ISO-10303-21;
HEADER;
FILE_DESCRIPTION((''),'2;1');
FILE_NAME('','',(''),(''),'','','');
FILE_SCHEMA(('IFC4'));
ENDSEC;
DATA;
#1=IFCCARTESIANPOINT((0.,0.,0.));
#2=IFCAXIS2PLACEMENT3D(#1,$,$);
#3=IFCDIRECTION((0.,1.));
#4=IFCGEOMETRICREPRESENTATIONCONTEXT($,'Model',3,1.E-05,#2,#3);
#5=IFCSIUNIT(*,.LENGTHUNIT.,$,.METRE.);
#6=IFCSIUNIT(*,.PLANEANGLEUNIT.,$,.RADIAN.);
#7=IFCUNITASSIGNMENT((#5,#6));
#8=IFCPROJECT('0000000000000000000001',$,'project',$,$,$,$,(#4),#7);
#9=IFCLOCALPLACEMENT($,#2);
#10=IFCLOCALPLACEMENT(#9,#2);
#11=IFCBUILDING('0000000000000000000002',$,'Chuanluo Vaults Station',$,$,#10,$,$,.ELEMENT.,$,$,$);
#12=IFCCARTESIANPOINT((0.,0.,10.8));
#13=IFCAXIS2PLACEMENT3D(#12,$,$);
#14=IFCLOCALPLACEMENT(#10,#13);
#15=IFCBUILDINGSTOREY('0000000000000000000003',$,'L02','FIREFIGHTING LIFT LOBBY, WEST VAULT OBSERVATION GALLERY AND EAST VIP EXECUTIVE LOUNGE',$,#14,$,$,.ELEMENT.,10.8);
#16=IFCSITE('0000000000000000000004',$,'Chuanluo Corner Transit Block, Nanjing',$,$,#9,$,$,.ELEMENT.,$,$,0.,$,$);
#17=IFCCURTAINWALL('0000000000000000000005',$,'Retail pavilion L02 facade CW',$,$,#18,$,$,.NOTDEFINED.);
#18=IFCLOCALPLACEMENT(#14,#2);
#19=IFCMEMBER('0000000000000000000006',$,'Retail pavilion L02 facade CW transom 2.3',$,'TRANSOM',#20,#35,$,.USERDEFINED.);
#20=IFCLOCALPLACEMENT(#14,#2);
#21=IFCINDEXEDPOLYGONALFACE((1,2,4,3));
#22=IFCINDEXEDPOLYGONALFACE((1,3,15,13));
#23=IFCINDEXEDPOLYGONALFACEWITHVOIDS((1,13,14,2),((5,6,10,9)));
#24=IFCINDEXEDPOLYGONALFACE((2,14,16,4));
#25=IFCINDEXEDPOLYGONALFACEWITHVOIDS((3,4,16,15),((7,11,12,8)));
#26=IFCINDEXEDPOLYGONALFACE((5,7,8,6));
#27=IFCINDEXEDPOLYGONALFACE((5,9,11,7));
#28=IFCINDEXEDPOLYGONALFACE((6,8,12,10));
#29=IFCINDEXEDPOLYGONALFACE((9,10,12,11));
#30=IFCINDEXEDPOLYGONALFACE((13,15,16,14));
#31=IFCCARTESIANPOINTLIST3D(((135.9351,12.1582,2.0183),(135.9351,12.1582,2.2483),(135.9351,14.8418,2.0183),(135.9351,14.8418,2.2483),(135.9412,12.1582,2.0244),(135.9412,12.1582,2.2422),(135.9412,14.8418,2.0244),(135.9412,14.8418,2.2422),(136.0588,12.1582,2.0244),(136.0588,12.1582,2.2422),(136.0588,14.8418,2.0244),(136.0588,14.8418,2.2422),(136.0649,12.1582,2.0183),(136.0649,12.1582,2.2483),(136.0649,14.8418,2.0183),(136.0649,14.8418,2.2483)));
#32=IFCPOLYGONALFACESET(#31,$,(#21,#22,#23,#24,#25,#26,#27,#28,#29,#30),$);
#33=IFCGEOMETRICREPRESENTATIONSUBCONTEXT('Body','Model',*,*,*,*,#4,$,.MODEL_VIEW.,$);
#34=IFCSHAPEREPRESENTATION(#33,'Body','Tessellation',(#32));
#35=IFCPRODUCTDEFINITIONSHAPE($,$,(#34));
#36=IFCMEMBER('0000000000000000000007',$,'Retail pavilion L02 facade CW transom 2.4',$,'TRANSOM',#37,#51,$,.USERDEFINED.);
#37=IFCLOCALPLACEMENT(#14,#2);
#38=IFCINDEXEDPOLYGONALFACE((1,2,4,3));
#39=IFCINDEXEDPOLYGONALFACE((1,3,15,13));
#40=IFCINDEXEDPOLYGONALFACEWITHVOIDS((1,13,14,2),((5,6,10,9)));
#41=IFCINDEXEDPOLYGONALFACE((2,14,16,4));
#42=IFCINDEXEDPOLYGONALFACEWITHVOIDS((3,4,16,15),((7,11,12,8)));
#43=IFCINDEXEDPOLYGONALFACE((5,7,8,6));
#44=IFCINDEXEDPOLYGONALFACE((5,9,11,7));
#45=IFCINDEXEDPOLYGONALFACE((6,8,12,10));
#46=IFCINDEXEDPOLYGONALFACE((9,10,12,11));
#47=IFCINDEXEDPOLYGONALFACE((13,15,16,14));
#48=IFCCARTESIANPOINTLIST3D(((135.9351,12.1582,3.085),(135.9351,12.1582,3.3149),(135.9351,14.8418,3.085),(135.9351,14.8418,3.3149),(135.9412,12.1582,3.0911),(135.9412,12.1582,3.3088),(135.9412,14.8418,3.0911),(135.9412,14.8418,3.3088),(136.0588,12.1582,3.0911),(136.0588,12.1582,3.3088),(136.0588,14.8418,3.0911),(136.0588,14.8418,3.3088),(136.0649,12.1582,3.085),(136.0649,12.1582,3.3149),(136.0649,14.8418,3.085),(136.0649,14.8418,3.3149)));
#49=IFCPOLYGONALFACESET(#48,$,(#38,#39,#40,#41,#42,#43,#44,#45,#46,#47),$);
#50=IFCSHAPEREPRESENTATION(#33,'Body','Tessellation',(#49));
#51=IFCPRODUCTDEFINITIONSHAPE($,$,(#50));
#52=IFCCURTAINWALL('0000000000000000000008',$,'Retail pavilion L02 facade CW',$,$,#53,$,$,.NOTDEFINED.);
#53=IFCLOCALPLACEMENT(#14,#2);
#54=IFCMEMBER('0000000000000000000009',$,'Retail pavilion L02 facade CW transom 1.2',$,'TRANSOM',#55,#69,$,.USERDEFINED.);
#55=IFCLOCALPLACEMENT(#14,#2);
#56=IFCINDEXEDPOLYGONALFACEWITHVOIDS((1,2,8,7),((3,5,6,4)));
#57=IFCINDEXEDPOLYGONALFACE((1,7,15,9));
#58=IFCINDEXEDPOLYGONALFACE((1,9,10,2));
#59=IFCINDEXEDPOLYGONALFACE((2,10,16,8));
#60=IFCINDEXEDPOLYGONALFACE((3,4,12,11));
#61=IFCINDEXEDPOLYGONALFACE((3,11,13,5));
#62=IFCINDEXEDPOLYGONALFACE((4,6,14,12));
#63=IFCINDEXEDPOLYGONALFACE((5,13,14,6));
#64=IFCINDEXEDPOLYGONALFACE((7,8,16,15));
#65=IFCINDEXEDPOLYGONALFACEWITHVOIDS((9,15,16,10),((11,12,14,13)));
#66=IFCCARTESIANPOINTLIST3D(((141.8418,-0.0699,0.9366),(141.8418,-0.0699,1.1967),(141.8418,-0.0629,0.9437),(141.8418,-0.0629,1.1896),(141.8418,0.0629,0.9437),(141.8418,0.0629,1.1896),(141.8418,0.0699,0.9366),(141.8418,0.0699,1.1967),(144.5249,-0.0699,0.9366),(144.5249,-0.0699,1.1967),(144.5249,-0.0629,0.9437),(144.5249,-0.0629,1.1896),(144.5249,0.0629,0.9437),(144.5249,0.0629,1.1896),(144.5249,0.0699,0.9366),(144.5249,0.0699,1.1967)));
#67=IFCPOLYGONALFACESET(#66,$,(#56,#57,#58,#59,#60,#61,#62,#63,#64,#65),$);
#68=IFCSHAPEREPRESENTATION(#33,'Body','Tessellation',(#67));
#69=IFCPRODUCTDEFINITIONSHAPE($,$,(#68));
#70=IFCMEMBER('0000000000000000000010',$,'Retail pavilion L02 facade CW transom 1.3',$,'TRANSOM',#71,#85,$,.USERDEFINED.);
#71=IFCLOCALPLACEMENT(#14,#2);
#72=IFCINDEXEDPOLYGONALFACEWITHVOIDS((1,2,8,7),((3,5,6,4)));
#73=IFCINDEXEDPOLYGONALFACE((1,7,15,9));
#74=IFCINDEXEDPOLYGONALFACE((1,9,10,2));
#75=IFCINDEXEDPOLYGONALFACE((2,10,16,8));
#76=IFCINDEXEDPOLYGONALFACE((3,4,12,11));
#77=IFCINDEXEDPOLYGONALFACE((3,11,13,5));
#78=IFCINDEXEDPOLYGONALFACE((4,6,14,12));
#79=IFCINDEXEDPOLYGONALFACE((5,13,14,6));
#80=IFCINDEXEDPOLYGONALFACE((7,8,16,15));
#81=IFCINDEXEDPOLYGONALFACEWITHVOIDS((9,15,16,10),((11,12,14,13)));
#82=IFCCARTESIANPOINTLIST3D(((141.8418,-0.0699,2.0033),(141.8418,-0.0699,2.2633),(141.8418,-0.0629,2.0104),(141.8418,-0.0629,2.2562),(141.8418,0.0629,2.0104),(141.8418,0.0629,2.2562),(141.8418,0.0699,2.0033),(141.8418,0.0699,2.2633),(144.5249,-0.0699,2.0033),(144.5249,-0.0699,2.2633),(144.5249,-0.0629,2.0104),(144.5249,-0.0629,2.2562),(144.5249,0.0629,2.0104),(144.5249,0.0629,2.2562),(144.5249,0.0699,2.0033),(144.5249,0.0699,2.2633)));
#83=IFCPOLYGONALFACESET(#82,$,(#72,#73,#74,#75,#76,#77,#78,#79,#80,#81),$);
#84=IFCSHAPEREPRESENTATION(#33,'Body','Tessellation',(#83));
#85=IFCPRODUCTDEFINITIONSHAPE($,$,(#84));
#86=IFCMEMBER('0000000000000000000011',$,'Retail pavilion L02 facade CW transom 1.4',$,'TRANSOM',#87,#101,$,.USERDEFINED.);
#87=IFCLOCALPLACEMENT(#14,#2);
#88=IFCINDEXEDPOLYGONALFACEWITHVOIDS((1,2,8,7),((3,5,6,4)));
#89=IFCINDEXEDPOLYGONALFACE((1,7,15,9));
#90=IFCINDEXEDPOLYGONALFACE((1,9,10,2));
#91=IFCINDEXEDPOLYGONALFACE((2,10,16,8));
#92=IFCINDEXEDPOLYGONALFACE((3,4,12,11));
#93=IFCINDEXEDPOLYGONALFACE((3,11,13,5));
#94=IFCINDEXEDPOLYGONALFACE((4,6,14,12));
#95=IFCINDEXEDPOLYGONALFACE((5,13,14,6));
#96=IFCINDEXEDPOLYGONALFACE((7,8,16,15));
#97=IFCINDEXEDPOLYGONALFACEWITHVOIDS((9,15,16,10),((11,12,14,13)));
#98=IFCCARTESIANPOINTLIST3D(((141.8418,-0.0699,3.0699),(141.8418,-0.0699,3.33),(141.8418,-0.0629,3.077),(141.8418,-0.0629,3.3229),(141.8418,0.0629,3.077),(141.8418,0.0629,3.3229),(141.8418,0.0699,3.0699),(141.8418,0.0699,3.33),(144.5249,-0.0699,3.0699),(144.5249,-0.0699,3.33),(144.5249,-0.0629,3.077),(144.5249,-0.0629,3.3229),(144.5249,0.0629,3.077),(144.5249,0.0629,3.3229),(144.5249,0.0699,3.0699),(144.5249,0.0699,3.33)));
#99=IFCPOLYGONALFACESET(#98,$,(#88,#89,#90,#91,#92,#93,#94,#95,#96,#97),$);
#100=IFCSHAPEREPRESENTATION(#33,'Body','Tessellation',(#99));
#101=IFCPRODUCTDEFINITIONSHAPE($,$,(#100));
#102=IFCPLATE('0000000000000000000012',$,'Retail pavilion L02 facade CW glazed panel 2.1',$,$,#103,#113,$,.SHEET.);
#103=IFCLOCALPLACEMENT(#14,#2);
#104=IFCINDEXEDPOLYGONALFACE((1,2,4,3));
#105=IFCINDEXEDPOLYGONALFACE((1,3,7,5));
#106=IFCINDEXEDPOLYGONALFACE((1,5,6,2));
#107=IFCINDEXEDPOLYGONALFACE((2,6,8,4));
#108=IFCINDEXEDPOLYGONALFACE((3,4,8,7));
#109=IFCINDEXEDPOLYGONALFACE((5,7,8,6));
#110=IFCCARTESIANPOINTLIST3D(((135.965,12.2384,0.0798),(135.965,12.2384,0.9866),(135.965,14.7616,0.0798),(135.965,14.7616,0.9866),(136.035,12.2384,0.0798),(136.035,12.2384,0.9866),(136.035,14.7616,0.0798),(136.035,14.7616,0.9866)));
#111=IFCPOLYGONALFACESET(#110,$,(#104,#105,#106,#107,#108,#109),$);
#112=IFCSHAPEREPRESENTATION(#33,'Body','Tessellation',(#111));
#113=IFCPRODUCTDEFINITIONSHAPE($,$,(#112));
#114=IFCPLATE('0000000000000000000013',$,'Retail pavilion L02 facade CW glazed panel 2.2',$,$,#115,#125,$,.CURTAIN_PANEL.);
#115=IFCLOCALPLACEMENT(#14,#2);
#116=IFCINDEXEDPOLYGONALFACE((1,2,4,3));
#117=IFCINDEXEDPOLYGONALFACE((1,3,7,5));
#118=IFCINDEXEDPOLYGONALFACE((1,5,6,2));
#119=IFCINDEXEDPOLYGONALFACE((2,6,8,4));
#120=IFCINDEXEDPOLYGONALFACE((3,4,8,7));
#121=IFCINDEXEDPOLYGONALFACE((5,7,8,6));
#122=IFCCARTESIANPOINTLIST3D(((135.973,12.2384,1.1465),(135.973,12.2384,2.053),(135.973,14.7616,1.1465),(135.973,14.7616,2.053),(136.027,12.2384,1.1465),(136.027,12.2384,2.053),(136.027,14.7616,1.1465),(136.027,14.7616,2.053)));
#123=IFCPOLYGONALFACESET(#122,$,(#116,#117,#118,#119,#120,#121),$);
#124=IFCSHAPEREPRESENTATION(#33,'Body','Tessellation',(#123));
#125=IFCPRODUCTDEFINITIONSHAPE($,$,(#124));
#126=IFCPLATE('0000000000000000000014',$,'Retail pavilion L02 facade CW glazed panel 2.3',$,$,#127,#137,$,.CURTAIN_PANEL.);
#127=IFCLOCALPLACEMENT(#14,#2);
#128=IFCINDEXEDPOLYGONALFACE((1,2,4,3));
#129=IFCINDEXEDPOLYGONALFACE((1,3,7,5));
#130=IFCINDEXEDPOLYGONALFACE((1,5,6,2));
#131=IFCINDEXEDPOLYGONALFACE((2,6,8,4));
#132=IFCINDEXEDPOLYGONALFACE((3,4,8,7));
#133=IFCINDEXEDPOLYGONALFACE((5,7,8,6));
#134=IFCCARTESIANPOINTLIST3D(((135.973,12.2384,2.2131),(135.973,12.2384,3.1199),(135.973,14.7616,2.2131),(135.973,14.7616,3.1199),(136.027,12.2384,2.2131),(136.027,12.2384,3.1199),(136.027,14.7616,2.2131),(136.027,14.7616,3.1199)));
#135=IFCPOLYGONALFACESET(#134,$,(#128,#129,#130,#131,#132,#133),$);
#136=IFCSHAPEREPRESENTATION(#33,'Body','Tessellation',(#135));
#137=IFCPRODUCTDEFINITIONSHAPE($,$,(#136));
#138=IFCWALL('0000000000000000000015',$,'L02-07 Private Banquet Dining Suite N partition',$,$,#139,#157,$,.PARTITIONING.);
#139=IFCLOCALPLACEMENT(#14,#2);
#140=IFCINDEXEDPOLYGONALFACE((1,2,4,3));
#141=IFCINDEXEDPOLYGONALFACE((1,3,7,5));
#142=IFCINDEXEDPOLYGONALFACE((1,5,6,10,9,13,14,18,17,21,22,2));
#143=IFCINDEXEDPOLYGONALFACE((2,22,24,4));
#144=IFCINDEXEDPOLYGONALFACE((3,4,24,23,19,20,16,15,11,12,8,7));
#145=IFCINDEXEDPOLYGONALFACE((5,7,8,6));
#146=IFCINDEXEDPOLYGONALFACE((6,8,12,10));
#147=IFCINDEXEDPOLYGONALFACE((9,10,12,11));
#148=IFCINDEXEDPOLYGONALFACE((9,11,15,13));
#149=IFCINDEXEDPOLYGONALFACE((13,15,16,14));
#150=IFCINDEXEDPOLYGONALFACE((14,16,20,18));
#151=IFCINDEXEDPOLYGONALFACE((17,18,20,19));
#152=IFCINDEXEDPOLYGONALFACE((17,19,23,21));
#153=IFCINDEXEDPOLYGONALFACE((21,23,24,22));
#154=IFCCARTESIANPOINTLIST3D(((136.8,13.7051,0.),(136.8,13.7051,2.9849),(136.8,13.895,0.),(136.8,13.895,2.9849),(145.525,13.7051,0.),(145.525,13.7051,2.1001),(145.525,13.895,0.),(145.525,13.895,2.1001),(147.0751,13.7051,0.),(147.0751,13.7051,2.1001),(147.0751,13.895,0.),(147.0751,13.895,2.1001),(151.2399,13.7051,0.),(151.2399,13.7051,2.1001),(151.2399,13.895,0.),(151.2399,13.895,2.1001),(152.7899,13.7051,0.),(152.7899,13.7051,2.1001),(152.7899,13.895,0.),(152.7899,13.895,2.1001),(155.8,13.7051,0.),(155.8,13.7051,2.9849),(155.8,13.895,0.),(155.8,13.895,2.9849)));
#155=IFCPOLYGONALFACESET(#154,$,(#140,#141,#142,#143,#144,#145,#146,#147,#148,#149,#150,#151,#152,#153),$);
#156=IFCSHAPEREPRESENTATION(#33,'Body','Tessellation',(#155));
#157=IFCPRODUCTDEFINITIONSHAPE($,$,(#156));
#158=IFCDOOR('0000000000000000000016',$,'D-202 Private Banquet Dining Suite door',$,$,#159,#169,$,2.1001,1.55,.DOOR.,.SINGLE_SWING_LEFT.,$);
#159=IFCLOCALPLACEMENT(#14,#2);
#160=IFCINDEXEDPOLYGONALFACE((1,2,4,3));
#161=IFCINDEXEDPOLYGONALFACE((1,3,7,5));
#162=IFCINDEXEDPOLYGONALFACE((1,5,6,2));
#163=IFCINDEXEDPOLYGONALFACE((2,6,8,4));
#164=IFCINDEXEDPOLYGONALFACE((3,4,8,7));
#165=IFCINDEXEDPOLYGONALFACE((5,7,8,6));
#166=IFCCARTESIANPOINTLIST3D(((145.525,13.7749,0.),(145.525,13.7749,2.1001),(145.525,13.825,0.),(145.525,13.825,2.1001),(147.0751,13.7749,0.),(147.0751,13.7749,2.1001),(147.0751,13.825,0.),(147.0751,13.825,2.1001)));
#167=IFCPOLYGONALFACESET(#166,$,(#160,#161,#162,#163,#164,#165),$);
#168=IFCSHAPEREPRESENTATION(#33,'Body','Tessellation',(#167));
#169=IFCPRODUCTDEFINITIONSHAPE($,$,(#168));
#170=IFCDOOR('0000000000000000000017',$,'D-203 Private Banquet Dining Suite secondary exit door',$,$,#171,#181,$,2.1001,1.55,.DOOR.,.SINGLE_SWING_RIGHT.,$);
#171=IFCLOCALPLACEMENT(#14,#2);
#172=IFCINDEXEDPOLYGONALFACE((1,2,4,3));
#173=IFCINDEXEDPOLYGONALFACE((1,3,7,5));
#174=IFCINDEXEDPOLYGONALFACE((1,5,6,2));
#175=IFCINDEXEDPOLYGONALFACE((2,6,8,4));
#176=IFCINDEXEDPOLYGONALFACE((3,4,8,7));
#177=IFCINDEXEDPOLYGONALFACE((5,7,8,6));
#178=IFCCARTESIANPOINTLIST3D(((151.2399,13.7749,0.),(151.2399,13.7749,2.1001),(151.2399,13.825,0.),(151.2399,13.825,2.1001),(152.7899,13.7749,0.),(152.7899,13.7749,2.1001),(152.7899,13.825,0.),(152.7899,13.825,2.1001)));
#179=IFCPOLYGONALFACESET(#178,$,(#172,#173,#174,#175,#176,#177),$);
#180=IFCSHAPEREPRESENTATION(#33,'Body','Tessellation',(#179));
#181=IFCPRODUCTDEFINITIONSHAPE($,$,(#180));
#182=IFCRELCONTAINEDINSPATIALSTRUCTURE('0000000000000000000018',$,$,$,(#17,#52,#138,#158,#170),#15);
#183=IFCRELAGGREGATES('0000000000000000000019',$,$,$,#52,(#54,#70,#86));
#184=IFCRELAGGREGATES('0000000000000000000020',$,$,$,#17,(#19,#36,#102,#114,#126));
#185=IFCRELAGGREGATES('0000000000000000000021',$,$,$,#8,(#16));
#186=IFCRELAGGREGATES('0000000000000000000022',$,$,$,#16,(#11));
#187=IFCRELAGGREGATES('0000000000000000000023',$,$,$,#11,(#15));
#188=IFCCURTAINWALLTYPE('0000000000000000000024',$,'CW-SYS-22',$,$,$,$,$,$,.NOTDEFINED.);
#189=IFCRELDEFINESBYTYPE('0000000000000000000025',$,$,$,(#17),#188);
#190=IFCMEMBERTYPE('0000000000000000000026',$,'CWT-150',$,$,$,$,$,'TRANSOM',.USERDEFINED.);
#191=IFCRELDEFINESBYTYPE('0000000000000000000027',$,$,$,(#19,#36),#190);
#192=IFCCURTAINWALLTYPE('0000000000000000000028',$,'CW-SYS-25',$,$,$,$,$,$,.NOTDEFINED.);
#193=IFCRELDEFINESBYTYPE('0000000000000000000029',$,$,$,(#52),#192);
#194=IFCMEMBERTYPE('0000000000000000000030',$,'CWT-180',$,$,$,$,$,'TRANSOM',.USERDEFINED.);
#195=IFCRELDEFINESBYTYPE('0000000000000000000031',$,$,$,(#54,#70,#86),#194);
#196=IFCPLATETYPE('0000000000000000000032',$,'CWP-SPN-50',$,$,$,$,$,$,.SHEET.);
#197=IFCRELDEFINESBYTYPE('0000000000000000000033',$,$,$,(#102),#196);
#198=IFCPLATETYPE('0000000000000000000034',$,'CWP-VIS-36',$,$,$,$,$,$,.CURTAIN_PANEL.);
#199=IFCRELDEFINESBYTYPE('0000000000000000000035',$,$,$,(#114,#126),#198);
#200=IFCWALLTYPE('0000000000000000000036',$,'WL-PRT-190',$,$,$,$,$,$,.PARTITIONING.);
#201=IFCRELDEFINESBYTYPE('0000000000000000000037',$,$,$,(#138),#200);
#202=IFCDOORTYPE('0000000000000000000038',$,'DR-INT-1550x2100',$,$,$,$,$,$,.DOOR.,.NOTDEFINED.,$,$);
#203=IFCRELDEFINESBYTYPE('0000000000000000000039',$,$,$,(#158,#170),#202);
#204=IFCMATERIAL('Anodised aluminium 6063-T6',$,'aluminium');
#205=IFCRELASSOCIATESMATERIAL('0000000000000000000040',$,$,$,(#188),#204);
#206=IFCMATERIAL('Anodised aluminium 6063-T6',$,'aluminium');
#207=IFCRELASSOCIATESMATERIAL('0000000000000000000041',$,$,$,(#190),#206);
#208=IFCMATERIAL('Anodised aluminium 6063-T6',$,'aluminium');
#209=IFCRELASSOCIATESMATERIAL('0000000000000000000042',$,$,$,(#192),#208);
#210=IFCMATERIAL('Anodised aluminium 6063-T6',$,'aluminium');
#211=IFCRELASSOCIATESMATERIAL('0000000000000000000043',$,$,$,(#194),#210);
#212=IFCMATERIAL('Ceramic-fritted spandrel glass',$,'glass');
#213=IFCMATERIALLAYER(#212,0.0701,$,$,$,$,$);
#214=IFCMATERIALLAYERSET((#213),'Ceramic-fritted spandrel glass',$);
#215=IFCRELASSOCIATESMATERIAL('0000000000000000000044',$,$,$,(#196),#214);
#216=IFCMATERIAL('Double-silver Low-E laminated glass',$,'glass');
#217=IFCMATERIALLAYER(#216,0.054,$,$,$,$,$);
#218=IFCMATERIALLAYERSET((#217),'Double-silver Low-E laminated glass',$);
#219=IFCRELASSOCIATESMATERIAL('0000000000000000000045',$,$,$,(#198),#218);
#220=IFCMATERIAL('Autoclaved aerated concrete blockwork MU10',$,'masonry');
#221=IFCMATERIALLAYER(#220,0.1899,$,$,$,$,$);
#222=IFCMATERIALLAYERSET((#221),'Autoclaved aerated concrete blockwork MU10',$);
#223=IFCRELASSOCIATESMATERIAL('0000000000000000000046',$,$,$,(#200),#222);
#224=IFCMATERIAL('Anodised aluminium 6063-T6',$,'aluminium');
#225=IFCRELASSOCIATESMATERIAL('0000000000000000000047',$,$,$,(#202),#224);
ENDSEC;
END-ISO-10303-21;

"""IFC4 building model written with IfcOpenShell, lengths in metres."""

from ifc_helpers import new_model, si_unit, direction, frame, frame_2d, origin, origin_2d, place, context, subcontext, project, spatial, rectangle, hollow_rectangle, extrude, material, layer, layer_set, material_profile, profile_set, type_object, element, fill, aggregate, save


model = new_model("IFC4")

# Units and contexts
model_context = context("Model", 3, precision=1e-05, world=origin(), true_north=direction((0.0, 1.0)))
body_context = subcontext(model_context, "Body", "Model", "MODEL_VIEW")
ifc_project = project(units=[si_unit("LENGTHUNIT", "METRE"), si_unit("PLANEANGLEUNIT", "RADIAN")], contexts=[model_context])

# Site, building, storey
site_placement = place(None, origin())
site = spatial("IfcSite", under=ifc_project, at=site_placement, Name="Chuanluo Corner Transit Block, Nanjing", CompositionType="ELEMENT", RefElevation=0.0)
building_placement = place(site_placement, origin())
building = spatial("IfcBuilding", under=site, at=building_placement, Name="Chuanluo Vaults Station", CompositionType="ELEMENT")
storey_placement = place(building_placement, frame((0.0, 0.0, 10.8)))
storey = spatial("IfcBuildingStorey", under=building, at=storey_placement, Name="L02", Description="FIREFIGHTING LIFT LOBBY, WEST VAULT OBSERVATION GALLERY AND EAST VIP EXECUTIVE LOUNGE", CompositionType="ELEMENT", Elevation=10.8)

# Curtain walls, members
ifc_material_1 = material(Name="Anodised aluminium 6063-T6", Category="aluminium")
curtain_wall_type_1 = type_object("IfcCurtainWallType", Name="CW-SYS-22", PredefinedType="NOTDEFINED", material=ifc_material_1)
curtain_wall_1_placement = place(storey_placement, origin())
curtain_wall_1 = element("IfcCurtainWall", 1, at=curtain_wall_1_placement, inside=storey, type_object=curtain_wall_type_1, Name="Retail pavilion L02 facade CW", PredefinedType="NOTDEFINED")
ifc_material_2 = material(Name="Anodised aluminium 6063-T6", Category="aluminium")
ifc_material_profile_1 = material_profile(ifc_material_2, hollow_rectangle(XDim=0.1299, YDim=0.23, WallThickness=0.0061, at=origin_2d()))
ifc_profile_set_1 = profile_set([ifc_material_profile_1], Name="Anodised aluminium 6063-T6")
member_type_1 = type_object("IfcMemberType", Name="CWT-150", ElementType="TRANSOM", PredefinedType="USERDEFINED", material=ifc_profile_set_1)
member_1_placement = place(storey_placement, frame((136.0, 12.1582, 2.1333), z_axis=(0.0, 1.0, 0.0), x_axis=(-1.0, 0.0, 0.0)))
member_1 = element("IfcMember", 2, at=member_1_placement, type_object=member_type_1, Name="Retail pavilion L02 facade CW transom 2.3", ObjectType="TRANSOM", PredefinedType="USERDEFINED", context=body_context, shape_type="SweptSolid", body=[
    extrude(hollow_rectangle(XDim=0.1299, YDim=0.23, WallThickness=0.0061, at=origin_2d()), origin(), (0.0, 0.0, 1.0), 2.6836),
])
member_2_placement = place(storey_placement, frame((136.0, 12.1582, 3.2), z_axis=(0.0, 1.0, 0.0), x_axis=(-1.0, 0.0, 0.0)))
member_2 = element("IfcMember", 3, at=member_2_placement, type_object=member_type_1, Name="Retail pavilion L02 facade CW transom 2.4", ObjectType="TRANSOM", PredefinedType="USERDEFINED", context=body_context, shape_type="SweptSolid", body=[
    extrude(hollow_rectangle(XDim=0.1299, YDim=0.23, WallThickness=0.0061, at=origin_2d()), origin(), (0.0, 0.0, 1.0), 2.6836),
])
ifc_material_3 = material(Name="Anodised aluminium 6063-T6", Category="aluminium")
curtain_wall_type_2 = type_object("IfcCurtainWallType", Name="CW-SYS-25", PredefinedType="NOTDEFINED", material=ifc_material_3)
curtain_wall_2_placement = place(storey_placement, origin())
curtain_wall_2 = element("IfcCurtainWall", 4, at=curtain_wall_2_placement, inside=storey, type_object=curtain_wall_type_2, Name="Retail pavilion L02 facade CW", PredefinedType="NOTDEFINED")
ifc_material_4 = material(Name="Anodised aluminium 6063-T6", Category="aluminium")
ifc_material_profile_2 = material_profile(ifc_material_4, hollow_rectangle(XDim=0.1399, YDim=0.26, WallThickness=0.0071, at=origin_2d()))
ifc_profile_set_2 = profile_set([ifc_material_profile_2], Name="Anodised aluminium 6063-T6")
member_type_2 = type_object("IfcMemberType", Name="CWT-180", ElementType="TRANSOM", PredefinedType="USERDEFINED", material=ifc_profile_set_2)
member_3_placement = place(storey_placement, frame((144.5249, 0.0, 1.0667), z_axis=(-1.0, 0.0, 0.0), x_axis=(0.0, -1.0, 0.0)))
member_3 = element("IfcMember", 5, at=member_3_placement, type_object=member_type_2, Name="Retail pavilion L02 facade CW transom 1.2", ObjectType="TRANSOM", PredefinedType="USERDEFINED", context=body_context, shape_type="SweptSolid", body=[
    extrude(hollow_rectangle(XDim=0.1399, YDim=0.26, WallThickness=0.0071, at=origin_2d()), origin(), (0.0, 0.0, 1.0), 2.6831),
])
member_4_placement = place(storey_placement, frame((144.5249, 0.0, 2.1333), z_axis=(-1.0, 0.0, 0.0), x_axis=(0.0, -1.0, 0.0)))
member_4 = element("IfcMember", 6, at=member_4_placement, type_object=member_type_2, Name="Retail pavilion L02 facade CW transom 1.3", ObjectType="TRANSOM", PredefinedType="USERDEFINED", context=body_context, shape_type="SweptSolid", body=[
    extrude(hollow_rectangle(XDim=0.1399, YDim=0.26, WallThickness=0.0071, at=origin_2d()), origin(), (0.0, 0.0, 1.0), 2.6831),
])
member_5_placement = place(storey_placement, frame((144.5249, 0.0, 3.2), z_axis=(-1.0, 0.0, 0.0), x_axis=(0.0, -1.0, 0.0)))
member_5 = element("IfcMember", 7, at=member_5_placement, type_object=member_type_2, Name="Retail pavilion L02 facade CW transom 1.4", ObjectType="TRANSOM", PredefinedType="USERDEFINED", context=body_context, shape_type="SweptSolid", body=[
    extrude(hollow_rectangle(XDim=0.1399, YDim=0.26, WallThickness=0.0071, at=origin_2d()), origin(), (0.0, 0.0, 1.0), 2.6831),
])
aggregate(curtain_wall_2, [member_3, member_4, member_5])

# Plates
ifc_material_5 = material(Name="Ceramic-fritted spandrel glass", Category="glass")
ifc_layer_1 = layer(ifc_material_5, 0.0701)
ifc_layer_set_1 = layer_set([ifc_layer_1], Name="Ceramic-fritted spandrel glass")
plate_type_1 = type_object("IfcPlateType", Name="CWP-SPN-50", PredefinedType="SHEET", material=ifc_layer_set_1)
plate_1_placement = place(storey_placement, frame((136.0, 13.5, 0.0798), z_axis=(0.0, 0.0, 1.0), x_axis=(0.0, 1.0, 0.0)))
plate_1 = element("IfcPlate", 8, at=plate_1_placement, type_object=plate_type_1, Name="Retail pavilion L02 facade CW glazed panel 2.1", PredefinedType="SHEET", context=body_context, shape_type="SweptSolid", body=[
    extrude(rectangle(XDim=2.5232, YDim=0.0701, at=origin_2d()), origin(), (0.0, 0.0, 1.0), 0.9067),
])
ifc_material_6 = material(Name="Double-silver Low-E laminated glass", Category="glass")
ifc_layer_2 = layer(ifc_material_6, 0.054)
ifc_layer_set_2 = layer_set([ifc_layer_2], Name="Double-silver Low-E laminated glass")
plate_type_2 = type_object("IfcPlateType", Name="CWP-VIS-36", PredefinedType="CURTAIN_PANEL", material=ifc_layer_set_2)
plate_2_placement = place(storey_placement, frame((136.0, 13.5, 1.1465), z_axis=(0.0, 0.0, 1.0), x_axis=(0.0, 1.0, 0.0)))
plate_2 = element("IfcPlate", 9, at=plate_2_placement, type_object=plate_type_2, Name="Retail pavilion L02 facade CW glazed panel 2.2", PredefinedType="CURTAIN_PANEL", context=body_context, shape_type="SweptSolid", body=[
    extrude(rectangle(XDim=2.5232, YDim=0.054, at=origin_2d()), origin(), (0.0, 0.0, 1.0), 0.9065),
])
plate_3_placement = place(storey_placement, frame((136.0, 13.5, 2.2131), z_axis=(0.0, 0.0, 1.0), x_axis=(0.0, 1.0, 0.0)))
plate_3 = element("IfcPlate", 10, at=plate_3_placement, type_object=plate_type_2, Name="Retail pavilion L02 facade CW glazed panel 2.3", PredefinedType="CURTAIN_PANEL", context=body_context, shape_type="SweptSolid", body=[
    extrude(rectangle(XDim=2.5232, YDim=0.054, at=origin_2d()), origin(), (0.0, 0.0, 1.0), 0.9067),
])
aggregate(curtain_wall_1, [member_1, member_2, plate_1, plate_2, plate_3])

# Wall, openings, doors
ifc_material_7 = material(Name="Autoclaved aerated concrete blockwork MU10", Category="masonry")
ifc_layer_3 = layer(ifc_material_7, 0.1899)
ifc_layer_set_3 = layer_set([ifc_layer_3], Name="Autoclaved aerated concrete blockwork MU10")
wall_type_1 = type_object("IfcWallType", Name="WL-PRT-190", PredefinedType="PARTITIONING", material=ifc_layer_set_3)
wall_1_placement = place(storey_placement, frame((136.8, 13.8, 0.0), z_axis=(0.0, 0.0, 1.0), x_axis=(1.0, 0.0, 0.0)))
wall_1 = element("IfcWall", 11, at=wall_1_placement, inside=storey, type_object=wall_type_1, Name="L02-07 Private Banquet Dining Suite N partition", PredefinedType="PARTITIONING", context=body_context, shape_type="SweptSolid", body=[
    extrude(rectangle(XDim=19.0, YDim=0.1899, at=frame_2d((9.5, 0.0))), origin(), (0.0, 0.0, 1.0), 2.9849),
])
opening_1_placement = place(wall_1_placement, frame((8.7251, 0.0, 0.0)))
opening_1 = element("IfcOpeningElement", 12, at=opening_1_placement, cuts=wall_1, PredefinedType="OPENING", context=body_context, shape_type="SweptSolid", body=[
    extrude(rectangle(XDim=1.55, YDim=2.1001, at=frame_2d((0.7749, 1.05))), frame((0.0, 0.105, 0.0), z_axis=(0.0, -1.0, 0.0), x_axis=(1.0, 0.0, 0.0)), (0.0, 0.0, 1.0), 0.2099),
])
opening_2_placement = place(wall_1_placement, frame((14.4399, 0.0, 0.0)))
opening_2 = element("IfcOpeningElement", 13, at=opening_2_placement, cuts=wall_1, PredefinedType="OPENING", context=body_context, shape_type="SweptSolid", body=[
    extrude(rectangle(XDim=1.55, YDim=2.1001, at=frame_2d((0.7749, 1.05))), frame((0.0, 0.105, 0.0), z_axis=(0.0, -1.0, 0.0), x_axis=(1.0, 0.0, 0.0)), (0.0, 0.0, 1.0), 0.2099),
])
ifc_material_8 = material(Name="Anodised aluminium 6063-T6", Category="aluminium")
door_type_1 = type_object("IfcDoorType", Name="DR-INT-1550x2100", OperationType="NOTDEFINED", PredefinedType="DOOR", material=ifc_material_8)
door_1_placement = place(opening_1_placement, origin())
door_1 = element("IfcDoor", 14, at=door_1_placement, inside=storey, type_object=door_type_1, Name="D-202 Private Banquet Dining Suite door", OperationType="SINGLE_SWING_LEFT", OverallHeight=2.1001, OverallWidth=1.55, PredefinedType="DOOR", context=body_context, shape_type="SweptSolid", body=[
    extrude(rectangle(XDim=1.55, YDim=2.1001, at=frame_2d((0.7749, 1.05))), frame((0.0, 0.0249, 0.0), z_axis=(0.0, -1.0, 0.0), x_axis=(1.0, 0.0, 0.0)), (0.0, 0.0, 1.0), 0.05),
])
fill(opening_1, door_1)
door_2_placement = place(opening_2_placement, origin())
door_2 = element("IfcDoor", 15, at=door_2_placement, inside=storey, type_object=door_type_1, Name="D-203 Private Banquet Dining Suite secondary exit door", OperationType="SINGLE_SWING_RIGHT", OverallHeight=2.1001, OverallWidth=1.55, PredefinedType="DOOR", context=body_context, shape_type="SweptSolid", body=[
    extrude(rectangle(XDim=1.55, YDim=2.1001, at=frame_2d((0.7749, 1.05))), frame((0.0, 0.0249, 0.0), z_axis=(0.0, -1.0, 0.0), x_axis=(1.0, 0.0, 0.0)), (0.0, 0.0, 1.0), 0.05),
])
fill(opening_2, door_2)

save(model, "model.ifc")
